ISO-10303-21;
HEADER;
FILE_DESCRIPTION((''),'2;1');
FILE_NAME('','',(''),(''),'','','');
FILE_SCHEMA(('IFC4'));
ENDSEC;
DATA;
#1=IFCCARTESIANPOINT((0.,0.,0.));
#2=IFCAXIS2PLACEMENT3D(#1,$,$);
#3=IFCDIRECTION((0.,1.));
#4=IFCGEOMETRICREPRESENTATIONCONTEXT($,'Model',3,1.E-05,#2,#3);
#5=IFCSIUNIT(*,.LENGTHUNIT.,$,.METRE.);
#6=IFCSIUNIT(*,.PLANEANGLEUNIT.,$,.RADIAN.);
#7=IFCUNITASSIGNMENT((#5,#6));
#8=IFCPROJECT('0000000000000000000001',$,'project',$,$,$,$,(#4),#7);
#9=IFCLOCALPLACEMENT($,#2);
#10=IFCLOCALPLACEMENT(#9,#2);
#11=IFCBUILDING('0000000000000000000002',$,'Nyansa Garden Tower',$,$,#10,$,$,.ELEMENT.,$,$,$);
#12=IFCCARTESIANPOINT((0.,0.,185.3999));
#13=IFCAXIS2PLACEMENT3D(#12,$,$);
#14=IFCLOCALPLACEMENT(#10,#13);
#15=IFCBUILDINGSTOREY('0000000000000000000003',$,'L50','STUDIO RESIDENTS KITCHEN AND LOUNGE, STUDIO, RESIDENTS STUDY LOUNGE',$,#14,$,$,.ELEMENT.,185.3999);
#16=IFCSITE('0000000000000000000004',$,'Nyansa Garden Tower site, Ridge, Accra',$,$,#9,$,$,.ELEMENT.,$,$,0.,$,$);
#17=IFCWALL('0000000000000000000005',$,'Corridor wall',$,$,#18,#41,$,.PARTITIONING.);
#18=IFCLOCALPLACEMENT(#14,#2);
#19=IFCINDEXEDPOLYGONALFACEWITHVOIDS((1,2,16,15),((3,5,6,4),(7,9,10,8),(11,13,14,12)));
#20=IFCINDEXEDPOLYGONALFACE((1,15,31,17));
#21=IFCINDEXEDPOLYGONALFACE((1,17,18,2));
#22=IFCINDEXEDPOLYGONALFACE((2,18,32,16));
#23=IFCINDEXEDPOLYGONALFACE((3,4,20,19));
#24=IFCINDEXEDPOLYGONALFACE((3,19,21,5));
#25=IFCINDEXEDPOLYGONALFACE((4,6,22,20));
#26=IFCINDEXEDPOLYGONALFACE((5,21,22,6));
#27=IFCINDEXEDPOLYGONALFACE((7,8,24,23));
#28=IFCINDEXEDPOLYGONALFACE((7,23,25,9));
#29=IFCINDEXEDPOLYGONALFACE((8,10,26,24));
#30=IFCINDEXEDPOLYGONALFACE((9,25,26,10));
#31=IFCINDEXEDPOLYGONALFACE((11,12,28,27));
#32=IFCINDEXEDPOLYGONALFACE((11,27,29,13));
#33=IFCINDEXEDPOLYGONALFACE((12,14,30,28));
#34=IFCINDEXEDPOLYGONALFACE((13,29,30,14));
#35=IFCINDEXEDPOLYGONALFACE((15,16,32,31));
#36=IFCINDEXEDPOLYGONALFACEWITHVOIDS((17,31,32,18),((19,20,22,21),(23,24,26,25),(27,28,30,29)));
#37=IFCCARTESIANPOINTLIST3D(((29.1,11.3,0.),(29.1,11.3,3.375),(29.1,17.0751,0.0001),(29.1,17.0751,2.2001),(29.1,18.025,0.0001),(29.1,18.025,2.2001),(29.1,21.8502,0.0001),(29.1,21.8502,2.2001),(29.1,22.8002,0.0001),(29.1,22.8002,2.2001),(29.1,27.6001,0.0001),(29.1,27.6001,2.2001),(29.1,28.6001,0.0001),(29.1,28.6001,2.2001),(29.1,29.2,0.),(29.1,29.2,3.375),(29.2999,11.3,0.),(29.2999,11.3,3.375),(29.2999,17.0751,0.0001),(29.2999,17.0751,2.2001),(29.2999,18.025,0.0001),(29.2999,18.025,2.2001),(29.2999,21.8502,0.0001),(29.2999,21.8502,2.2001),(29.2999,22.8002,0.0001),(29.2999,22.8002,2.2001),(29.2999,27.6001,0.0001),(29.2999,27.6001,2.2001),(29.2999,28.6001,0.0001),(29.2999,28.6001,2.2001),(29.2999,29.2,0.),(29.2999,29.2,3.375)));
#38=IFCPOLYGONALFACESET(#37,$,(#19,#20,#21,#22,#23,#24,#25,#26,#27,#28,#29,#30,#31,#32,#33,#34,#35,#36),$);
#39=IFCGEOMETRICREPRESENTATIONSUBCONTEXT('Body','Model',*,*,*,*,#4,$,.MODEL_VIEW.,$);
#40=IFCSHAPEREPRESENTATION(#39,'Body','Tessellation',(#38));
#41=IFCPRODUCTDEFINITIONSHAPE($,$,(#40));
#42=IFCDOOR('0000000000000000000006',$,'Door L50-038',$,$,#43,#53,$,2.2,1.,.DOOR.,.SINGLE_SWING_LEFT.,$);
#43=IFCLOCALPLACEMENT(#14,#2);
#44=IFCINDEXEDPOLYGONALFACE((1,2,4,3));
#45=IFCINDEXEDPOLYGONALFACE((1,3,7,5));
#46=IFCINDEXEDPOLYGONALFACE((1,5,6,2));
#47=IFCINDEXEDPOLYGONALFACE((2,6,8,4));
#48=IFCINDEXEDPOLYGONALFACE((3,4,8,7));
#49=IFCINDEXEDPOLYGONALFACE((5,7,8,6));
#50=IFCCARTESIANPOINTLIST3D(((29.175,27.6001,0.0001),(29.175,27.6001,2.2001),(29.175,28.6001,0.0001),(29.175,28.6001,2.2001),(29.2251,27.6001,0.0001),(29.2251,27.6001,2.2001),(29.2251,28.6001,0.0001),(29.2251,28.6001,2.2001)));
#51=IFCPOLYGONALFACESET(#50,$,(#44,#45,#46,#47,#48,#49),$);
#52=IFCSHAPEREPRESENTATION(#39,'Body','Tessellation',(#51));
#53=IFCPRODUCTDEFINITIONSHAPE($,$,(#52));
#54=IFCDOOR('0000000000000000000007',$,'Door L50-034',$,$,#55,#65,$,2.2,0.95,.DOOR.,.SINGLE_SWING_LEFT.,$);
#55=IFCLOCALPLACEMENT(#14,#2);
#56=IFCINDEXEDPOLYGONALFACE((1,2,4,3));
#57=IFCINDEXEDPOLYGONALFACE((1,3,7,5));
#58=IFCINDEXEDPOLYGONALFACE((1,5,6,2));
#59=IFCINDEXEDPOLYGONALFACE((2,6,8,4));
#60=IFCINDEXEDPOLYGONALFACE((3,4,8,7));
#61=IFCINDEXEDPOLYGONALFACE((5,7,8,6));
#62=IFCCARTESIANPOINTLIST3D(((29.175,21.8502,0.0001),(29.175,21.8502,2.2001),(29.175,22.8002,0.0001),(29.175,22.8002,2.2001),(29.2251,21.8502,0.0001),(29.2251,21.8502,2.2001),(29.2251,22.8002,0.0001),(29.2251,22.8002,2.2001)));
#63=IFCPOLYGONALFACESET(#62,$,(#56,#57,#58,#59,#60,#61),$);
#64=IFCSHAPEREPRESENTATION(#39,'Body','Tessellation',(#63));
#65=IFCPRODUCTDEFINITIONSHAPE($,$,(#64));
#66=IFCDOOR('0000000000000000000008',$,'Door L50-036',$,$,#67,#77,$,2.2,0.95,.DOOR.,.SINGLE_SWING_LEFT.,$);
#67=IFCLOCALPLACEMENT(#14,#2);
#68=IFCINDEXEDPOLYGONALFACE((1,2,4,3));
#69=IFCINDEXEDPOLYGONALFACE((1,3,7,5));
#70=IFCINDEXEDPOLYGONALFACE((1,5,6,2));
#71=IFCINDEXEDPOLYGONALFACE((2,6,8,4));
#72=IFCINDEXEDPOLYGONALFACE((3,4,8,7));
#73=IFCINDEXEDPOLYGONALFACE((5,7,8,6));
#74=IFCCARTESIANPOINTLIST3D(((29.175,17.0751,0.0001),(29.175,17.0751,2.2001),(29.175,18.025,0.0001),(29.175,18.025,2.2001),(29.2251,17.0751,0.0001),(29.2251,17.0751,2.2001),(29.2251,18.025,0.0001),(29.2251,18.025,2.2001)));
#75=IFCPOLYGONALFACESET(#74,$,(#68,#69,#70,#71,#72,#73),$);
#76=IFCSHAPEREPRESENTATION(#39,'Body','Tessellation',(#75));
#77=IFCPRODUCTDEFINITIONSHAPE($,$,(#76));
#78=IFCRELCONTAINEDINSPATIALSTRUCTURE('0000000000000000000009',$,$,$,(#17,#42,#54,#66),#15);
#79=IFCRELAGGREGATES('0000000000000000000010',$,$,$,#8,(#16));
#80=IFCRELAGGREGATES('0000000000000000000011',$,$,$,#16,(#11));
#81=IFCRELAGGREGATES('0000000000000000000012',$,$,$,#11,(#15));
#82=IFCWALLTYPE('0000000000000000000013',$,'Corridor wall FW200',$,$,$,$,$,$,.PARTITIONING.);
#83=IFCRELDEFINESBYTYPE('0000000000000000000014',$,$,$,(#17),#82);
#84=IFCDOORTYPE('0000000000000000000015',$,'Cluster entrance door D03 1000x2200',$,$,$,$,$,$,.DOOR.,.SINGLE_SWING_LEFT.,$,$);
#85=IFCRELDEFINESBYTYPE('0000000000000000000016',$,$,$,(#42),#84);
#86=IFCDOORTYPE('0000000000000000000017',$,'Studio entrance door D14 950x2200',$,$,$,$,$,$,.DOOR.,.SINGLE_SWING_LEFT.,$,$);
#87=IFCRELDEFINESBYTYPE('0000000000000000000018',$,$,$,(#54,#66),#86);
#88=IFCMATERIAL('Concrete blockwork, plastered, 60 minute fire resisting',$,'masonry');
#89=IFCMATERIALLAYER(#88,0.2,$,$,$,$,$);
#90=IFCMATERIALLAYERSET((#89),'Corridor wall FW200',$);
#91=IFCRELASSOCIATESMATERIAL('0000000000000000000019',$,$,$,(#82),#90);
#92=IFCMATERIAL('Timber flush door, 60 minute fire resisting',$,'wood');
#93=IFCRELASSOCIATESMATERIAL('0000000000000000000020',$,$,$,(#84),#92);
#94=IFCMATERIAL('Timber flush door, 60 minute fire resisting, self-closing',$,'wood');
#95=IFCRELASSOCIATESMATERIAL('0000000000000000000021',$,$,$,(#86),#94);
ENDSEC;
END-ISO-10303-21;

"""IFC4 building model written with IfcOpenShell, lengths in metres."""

from ifc_helpers import new_model, si_unit, direction, frame, frame_2d, origin, place, context, subcontext, project, spatial, rectangle, extrude, material, layer, layer_set, type_object, element, fill, save


model = new_model("IFC4")

# Units and contexts
model_context = context("Model", 3, precision=1e-05, world=origin(), true_north=direction((0.0, 1.0)))
body_context = subcontext(model_context, "Body", "Model", "MODEL_VIEW")
ifc_project = project(units=[si_unit("LENGTHUNIT", "METRE"), si_unit("PLANEANGLEUNIT", "RADIAN")], contexts=[model_context])

# Site, building, storey
site_placement = place(None, origin())
site = spatial("IfcSite", under=ifc_project, at=site_placement, Name="Nyansa Garden Tower site, Ridge, Accra", CompositionType="ELEMENT", RefElevation=0.0)
building_placement = place(site_placement, origin())
building = spatial("IfcBuilding", under=site, at=building_placement, Name="Nyansa Garden Tower", CompositionType="ELEMENT")
storey_placement = place(building_placement, frame((0.0, 0.0, 185.3999)))
storey = spatial("IfcBuildingStorey", under=building, at=storey_placement, Name="L50", Description="STUDIO RESIDENTS KITCHEN AND LOUNGE, STUDIO, RESIDENTS STUDY LOUNGE", CompositionType="ELEMENT", Elevation=185.3999)

# Wall, openings, doors
ifc_material_1 = material(Name="Concrete blockwork, plastered, 60 minute fire resisting", Category="masonry")
ifc_layer_1 = layer(ifc_material_1, 0.2)
ifc_layer_set_1 = layer_set([ifc_layer_1], Name="Corridor wall FW200")
wall_type_1 = type_object("IfcWallType", Name="Corridor wall FW200", PredefinedType="PARTITIONING", material=ifc_layer_set_1)
wall_1_placement = place(storey_placement, frame((29.2, 11.3, 0.0), z_axis=(0.0, 0.0, 1.0), x_axis=(0.0, 1.0, 0.0)))
wall_1 = element("IfcWall", 1, at=wall_1_placement, inside=storey, type_object=wall_type_1, Name="Corridor wall", PredefinedType="PARTITIONING", context=body_context, shape_type="SweptSolid", body=[
    extrude(rectangle(XDim=17.8999, YDim=0.2, at=frame_2d((8.95, 0.0))), origin(), (0.0, 0.0, 1.0), 3.375),
])
opening_1_placement = place(wall_1_placement, frame((10.55, 0.0, 0.0)))
opening_1 = element("IfcOpeningElement", 2, at=opening_1_placement, cuts=wall_1, PredefinedType="OPENING", context=body_context, shape_type="SweptSolid", body=[
    extrude(rectangle(XDim=0.95, YDim=2.2, at=frame_2d((0.4751, 1.1001))), frame((0.0, 0.1099, 0.0), z_axis=(0.0, -1.0, 0.0), x_axis=(1.0, 0.0, 0.0)), (0.0, 0.0, 1.0), 0.22),
])
opening_2_placement = place(wall_1_placement, frame((5.7749, 0.0, 0.0)))
opening_2 = element("IfcOpeningElement", 3, at=opening_2_placement, cuts=wall_1, PredefinedType="OPENING", context=body_context, shape_type="SweptSolid", body=[
    extrude(rectangle(XDim=0.95, YDim=2.2, at=frame_2d((0.4751, 1.1001))), frame((0.0, 0.1099, 0.0), z_axis=(0.0, -1.0, 0.0), x_axis=(1.0, 0.0, 0.0)), (0.0, 0.0, 1.0), 0.22),
])
opening_3_placement = place(wall_1_placement, frame((16.3, 0.0, 0.0)))
opening_3 = element("IfcOpeningElement", 4, at=opening_3_placement, cuts=wall_1, PredefinedType="OPENING", context=body_context, shape_type="SweptSolid", body=[
    extrude(rectangle(XDim=1.0, YDim=2.2, at=frame_2d((0.5, 1.1001))), frame((0.0, 0.1099, 0.0), z_axis=(0.0, -1.0, 0.0), x_axis=(1.0, 0.0, 0.0)), (0.0, 0.0, 1.0), 0.22),
])
ifc_material_2 = material(Name="Timber flush door, 60 minute fire resisting", Category="wood")
door_type_1 = type_object("IfcDoorType", Name="Cluster entrance door D03 1000x2200", OperationType="SINGLE_SWING_LEFT", PredefinedType="DOOR", material=ifc_material_2)
door_1_placement = place(opening_3_placement, origin())
door_1 = element("IfcDoor", 5, at=door_1_placement, inside=storey, type_object=door_type_1, Name="Door L50-038", OperationType="SINGLE_SWING_LEFT", OverallHeight=2.2, OverallWidth=1.0, PredefinedType="DOOR", context=body_context, shape_type="SweptSolid", body=[
    extrude(rectangle(XDim=1.0, YDim=2.2, at=frame_2d((0.5, 1.1001))), frame((0.0, 0.0249, 0.0), z_axis=(0.0, -1.0, 0.0), x_axis=(1.0, 0.0, 0.0)), (0.0, 0.0, 1.0), 0.05),
])
fill(opening_3, door_1)
ifc_material_3 = material(Name="Timber flush door, 60 minute fire resisting, self-closing", Category="wood")
door_type_2 = type_object("IfcDoorType", Name="Studio entrance door D14 950x2200", OperationType="SINGLE_SWING_LEFT", PredefinedType="DOOR", material=ifc_material_3)
door_2_placement = place(opening_1_placement, origin())
door_2 = element("IfcDoor", 6, at=door_2_placement, inside=storey, type_object=door_type_2, Name="Door L50-034", OperationType="SINGLE_SWING_LEFT", OverallHeight=2.2, OverallWidth=0.95, PredefinedType="DOOR", context=body_context, shape_type="SweptSolid", body=[
    extrude(rectangle(XDim=0.95, YDim=2.2, at=frame_2d((0.4751, 1.1001))), frame((0.0, 0.0249, 0.0), z_axis=(0.0, -1.0, 0.0), x_axis=(1.0, 0.0, 0.0)), (0.0, 0.0, 1.0), 0.05),
])
fill(opening_1, door_2)
door_3_placement = place(opening_2_placement, origin())
door_3 = element("IfcDoor", 7, at=door_3_placement, inside=storey, type_object=door_type_2, Name="Door L50-036", OperationType="SINGLE_SWING_LEFT", OverallHeight=2.2, OverallWidth=0.95, PredefinedType="DOOR", context=body_context, shape_type="SweptSolid", body=[
    extrude(rectangle(XDim=0.95, YDim=2.2, at=frame_2d((0.4751, 1.1001))), frame((0.0, 0.0249, 0.0), z_axis=(0.0, -1.0, 0.0), x_axis=(1.0, 0.0, 0.0)), (0.0, 0.0, 1.0), 0.05),
])
fill(opening_2, door_3)

save(model, "model.ifc")
